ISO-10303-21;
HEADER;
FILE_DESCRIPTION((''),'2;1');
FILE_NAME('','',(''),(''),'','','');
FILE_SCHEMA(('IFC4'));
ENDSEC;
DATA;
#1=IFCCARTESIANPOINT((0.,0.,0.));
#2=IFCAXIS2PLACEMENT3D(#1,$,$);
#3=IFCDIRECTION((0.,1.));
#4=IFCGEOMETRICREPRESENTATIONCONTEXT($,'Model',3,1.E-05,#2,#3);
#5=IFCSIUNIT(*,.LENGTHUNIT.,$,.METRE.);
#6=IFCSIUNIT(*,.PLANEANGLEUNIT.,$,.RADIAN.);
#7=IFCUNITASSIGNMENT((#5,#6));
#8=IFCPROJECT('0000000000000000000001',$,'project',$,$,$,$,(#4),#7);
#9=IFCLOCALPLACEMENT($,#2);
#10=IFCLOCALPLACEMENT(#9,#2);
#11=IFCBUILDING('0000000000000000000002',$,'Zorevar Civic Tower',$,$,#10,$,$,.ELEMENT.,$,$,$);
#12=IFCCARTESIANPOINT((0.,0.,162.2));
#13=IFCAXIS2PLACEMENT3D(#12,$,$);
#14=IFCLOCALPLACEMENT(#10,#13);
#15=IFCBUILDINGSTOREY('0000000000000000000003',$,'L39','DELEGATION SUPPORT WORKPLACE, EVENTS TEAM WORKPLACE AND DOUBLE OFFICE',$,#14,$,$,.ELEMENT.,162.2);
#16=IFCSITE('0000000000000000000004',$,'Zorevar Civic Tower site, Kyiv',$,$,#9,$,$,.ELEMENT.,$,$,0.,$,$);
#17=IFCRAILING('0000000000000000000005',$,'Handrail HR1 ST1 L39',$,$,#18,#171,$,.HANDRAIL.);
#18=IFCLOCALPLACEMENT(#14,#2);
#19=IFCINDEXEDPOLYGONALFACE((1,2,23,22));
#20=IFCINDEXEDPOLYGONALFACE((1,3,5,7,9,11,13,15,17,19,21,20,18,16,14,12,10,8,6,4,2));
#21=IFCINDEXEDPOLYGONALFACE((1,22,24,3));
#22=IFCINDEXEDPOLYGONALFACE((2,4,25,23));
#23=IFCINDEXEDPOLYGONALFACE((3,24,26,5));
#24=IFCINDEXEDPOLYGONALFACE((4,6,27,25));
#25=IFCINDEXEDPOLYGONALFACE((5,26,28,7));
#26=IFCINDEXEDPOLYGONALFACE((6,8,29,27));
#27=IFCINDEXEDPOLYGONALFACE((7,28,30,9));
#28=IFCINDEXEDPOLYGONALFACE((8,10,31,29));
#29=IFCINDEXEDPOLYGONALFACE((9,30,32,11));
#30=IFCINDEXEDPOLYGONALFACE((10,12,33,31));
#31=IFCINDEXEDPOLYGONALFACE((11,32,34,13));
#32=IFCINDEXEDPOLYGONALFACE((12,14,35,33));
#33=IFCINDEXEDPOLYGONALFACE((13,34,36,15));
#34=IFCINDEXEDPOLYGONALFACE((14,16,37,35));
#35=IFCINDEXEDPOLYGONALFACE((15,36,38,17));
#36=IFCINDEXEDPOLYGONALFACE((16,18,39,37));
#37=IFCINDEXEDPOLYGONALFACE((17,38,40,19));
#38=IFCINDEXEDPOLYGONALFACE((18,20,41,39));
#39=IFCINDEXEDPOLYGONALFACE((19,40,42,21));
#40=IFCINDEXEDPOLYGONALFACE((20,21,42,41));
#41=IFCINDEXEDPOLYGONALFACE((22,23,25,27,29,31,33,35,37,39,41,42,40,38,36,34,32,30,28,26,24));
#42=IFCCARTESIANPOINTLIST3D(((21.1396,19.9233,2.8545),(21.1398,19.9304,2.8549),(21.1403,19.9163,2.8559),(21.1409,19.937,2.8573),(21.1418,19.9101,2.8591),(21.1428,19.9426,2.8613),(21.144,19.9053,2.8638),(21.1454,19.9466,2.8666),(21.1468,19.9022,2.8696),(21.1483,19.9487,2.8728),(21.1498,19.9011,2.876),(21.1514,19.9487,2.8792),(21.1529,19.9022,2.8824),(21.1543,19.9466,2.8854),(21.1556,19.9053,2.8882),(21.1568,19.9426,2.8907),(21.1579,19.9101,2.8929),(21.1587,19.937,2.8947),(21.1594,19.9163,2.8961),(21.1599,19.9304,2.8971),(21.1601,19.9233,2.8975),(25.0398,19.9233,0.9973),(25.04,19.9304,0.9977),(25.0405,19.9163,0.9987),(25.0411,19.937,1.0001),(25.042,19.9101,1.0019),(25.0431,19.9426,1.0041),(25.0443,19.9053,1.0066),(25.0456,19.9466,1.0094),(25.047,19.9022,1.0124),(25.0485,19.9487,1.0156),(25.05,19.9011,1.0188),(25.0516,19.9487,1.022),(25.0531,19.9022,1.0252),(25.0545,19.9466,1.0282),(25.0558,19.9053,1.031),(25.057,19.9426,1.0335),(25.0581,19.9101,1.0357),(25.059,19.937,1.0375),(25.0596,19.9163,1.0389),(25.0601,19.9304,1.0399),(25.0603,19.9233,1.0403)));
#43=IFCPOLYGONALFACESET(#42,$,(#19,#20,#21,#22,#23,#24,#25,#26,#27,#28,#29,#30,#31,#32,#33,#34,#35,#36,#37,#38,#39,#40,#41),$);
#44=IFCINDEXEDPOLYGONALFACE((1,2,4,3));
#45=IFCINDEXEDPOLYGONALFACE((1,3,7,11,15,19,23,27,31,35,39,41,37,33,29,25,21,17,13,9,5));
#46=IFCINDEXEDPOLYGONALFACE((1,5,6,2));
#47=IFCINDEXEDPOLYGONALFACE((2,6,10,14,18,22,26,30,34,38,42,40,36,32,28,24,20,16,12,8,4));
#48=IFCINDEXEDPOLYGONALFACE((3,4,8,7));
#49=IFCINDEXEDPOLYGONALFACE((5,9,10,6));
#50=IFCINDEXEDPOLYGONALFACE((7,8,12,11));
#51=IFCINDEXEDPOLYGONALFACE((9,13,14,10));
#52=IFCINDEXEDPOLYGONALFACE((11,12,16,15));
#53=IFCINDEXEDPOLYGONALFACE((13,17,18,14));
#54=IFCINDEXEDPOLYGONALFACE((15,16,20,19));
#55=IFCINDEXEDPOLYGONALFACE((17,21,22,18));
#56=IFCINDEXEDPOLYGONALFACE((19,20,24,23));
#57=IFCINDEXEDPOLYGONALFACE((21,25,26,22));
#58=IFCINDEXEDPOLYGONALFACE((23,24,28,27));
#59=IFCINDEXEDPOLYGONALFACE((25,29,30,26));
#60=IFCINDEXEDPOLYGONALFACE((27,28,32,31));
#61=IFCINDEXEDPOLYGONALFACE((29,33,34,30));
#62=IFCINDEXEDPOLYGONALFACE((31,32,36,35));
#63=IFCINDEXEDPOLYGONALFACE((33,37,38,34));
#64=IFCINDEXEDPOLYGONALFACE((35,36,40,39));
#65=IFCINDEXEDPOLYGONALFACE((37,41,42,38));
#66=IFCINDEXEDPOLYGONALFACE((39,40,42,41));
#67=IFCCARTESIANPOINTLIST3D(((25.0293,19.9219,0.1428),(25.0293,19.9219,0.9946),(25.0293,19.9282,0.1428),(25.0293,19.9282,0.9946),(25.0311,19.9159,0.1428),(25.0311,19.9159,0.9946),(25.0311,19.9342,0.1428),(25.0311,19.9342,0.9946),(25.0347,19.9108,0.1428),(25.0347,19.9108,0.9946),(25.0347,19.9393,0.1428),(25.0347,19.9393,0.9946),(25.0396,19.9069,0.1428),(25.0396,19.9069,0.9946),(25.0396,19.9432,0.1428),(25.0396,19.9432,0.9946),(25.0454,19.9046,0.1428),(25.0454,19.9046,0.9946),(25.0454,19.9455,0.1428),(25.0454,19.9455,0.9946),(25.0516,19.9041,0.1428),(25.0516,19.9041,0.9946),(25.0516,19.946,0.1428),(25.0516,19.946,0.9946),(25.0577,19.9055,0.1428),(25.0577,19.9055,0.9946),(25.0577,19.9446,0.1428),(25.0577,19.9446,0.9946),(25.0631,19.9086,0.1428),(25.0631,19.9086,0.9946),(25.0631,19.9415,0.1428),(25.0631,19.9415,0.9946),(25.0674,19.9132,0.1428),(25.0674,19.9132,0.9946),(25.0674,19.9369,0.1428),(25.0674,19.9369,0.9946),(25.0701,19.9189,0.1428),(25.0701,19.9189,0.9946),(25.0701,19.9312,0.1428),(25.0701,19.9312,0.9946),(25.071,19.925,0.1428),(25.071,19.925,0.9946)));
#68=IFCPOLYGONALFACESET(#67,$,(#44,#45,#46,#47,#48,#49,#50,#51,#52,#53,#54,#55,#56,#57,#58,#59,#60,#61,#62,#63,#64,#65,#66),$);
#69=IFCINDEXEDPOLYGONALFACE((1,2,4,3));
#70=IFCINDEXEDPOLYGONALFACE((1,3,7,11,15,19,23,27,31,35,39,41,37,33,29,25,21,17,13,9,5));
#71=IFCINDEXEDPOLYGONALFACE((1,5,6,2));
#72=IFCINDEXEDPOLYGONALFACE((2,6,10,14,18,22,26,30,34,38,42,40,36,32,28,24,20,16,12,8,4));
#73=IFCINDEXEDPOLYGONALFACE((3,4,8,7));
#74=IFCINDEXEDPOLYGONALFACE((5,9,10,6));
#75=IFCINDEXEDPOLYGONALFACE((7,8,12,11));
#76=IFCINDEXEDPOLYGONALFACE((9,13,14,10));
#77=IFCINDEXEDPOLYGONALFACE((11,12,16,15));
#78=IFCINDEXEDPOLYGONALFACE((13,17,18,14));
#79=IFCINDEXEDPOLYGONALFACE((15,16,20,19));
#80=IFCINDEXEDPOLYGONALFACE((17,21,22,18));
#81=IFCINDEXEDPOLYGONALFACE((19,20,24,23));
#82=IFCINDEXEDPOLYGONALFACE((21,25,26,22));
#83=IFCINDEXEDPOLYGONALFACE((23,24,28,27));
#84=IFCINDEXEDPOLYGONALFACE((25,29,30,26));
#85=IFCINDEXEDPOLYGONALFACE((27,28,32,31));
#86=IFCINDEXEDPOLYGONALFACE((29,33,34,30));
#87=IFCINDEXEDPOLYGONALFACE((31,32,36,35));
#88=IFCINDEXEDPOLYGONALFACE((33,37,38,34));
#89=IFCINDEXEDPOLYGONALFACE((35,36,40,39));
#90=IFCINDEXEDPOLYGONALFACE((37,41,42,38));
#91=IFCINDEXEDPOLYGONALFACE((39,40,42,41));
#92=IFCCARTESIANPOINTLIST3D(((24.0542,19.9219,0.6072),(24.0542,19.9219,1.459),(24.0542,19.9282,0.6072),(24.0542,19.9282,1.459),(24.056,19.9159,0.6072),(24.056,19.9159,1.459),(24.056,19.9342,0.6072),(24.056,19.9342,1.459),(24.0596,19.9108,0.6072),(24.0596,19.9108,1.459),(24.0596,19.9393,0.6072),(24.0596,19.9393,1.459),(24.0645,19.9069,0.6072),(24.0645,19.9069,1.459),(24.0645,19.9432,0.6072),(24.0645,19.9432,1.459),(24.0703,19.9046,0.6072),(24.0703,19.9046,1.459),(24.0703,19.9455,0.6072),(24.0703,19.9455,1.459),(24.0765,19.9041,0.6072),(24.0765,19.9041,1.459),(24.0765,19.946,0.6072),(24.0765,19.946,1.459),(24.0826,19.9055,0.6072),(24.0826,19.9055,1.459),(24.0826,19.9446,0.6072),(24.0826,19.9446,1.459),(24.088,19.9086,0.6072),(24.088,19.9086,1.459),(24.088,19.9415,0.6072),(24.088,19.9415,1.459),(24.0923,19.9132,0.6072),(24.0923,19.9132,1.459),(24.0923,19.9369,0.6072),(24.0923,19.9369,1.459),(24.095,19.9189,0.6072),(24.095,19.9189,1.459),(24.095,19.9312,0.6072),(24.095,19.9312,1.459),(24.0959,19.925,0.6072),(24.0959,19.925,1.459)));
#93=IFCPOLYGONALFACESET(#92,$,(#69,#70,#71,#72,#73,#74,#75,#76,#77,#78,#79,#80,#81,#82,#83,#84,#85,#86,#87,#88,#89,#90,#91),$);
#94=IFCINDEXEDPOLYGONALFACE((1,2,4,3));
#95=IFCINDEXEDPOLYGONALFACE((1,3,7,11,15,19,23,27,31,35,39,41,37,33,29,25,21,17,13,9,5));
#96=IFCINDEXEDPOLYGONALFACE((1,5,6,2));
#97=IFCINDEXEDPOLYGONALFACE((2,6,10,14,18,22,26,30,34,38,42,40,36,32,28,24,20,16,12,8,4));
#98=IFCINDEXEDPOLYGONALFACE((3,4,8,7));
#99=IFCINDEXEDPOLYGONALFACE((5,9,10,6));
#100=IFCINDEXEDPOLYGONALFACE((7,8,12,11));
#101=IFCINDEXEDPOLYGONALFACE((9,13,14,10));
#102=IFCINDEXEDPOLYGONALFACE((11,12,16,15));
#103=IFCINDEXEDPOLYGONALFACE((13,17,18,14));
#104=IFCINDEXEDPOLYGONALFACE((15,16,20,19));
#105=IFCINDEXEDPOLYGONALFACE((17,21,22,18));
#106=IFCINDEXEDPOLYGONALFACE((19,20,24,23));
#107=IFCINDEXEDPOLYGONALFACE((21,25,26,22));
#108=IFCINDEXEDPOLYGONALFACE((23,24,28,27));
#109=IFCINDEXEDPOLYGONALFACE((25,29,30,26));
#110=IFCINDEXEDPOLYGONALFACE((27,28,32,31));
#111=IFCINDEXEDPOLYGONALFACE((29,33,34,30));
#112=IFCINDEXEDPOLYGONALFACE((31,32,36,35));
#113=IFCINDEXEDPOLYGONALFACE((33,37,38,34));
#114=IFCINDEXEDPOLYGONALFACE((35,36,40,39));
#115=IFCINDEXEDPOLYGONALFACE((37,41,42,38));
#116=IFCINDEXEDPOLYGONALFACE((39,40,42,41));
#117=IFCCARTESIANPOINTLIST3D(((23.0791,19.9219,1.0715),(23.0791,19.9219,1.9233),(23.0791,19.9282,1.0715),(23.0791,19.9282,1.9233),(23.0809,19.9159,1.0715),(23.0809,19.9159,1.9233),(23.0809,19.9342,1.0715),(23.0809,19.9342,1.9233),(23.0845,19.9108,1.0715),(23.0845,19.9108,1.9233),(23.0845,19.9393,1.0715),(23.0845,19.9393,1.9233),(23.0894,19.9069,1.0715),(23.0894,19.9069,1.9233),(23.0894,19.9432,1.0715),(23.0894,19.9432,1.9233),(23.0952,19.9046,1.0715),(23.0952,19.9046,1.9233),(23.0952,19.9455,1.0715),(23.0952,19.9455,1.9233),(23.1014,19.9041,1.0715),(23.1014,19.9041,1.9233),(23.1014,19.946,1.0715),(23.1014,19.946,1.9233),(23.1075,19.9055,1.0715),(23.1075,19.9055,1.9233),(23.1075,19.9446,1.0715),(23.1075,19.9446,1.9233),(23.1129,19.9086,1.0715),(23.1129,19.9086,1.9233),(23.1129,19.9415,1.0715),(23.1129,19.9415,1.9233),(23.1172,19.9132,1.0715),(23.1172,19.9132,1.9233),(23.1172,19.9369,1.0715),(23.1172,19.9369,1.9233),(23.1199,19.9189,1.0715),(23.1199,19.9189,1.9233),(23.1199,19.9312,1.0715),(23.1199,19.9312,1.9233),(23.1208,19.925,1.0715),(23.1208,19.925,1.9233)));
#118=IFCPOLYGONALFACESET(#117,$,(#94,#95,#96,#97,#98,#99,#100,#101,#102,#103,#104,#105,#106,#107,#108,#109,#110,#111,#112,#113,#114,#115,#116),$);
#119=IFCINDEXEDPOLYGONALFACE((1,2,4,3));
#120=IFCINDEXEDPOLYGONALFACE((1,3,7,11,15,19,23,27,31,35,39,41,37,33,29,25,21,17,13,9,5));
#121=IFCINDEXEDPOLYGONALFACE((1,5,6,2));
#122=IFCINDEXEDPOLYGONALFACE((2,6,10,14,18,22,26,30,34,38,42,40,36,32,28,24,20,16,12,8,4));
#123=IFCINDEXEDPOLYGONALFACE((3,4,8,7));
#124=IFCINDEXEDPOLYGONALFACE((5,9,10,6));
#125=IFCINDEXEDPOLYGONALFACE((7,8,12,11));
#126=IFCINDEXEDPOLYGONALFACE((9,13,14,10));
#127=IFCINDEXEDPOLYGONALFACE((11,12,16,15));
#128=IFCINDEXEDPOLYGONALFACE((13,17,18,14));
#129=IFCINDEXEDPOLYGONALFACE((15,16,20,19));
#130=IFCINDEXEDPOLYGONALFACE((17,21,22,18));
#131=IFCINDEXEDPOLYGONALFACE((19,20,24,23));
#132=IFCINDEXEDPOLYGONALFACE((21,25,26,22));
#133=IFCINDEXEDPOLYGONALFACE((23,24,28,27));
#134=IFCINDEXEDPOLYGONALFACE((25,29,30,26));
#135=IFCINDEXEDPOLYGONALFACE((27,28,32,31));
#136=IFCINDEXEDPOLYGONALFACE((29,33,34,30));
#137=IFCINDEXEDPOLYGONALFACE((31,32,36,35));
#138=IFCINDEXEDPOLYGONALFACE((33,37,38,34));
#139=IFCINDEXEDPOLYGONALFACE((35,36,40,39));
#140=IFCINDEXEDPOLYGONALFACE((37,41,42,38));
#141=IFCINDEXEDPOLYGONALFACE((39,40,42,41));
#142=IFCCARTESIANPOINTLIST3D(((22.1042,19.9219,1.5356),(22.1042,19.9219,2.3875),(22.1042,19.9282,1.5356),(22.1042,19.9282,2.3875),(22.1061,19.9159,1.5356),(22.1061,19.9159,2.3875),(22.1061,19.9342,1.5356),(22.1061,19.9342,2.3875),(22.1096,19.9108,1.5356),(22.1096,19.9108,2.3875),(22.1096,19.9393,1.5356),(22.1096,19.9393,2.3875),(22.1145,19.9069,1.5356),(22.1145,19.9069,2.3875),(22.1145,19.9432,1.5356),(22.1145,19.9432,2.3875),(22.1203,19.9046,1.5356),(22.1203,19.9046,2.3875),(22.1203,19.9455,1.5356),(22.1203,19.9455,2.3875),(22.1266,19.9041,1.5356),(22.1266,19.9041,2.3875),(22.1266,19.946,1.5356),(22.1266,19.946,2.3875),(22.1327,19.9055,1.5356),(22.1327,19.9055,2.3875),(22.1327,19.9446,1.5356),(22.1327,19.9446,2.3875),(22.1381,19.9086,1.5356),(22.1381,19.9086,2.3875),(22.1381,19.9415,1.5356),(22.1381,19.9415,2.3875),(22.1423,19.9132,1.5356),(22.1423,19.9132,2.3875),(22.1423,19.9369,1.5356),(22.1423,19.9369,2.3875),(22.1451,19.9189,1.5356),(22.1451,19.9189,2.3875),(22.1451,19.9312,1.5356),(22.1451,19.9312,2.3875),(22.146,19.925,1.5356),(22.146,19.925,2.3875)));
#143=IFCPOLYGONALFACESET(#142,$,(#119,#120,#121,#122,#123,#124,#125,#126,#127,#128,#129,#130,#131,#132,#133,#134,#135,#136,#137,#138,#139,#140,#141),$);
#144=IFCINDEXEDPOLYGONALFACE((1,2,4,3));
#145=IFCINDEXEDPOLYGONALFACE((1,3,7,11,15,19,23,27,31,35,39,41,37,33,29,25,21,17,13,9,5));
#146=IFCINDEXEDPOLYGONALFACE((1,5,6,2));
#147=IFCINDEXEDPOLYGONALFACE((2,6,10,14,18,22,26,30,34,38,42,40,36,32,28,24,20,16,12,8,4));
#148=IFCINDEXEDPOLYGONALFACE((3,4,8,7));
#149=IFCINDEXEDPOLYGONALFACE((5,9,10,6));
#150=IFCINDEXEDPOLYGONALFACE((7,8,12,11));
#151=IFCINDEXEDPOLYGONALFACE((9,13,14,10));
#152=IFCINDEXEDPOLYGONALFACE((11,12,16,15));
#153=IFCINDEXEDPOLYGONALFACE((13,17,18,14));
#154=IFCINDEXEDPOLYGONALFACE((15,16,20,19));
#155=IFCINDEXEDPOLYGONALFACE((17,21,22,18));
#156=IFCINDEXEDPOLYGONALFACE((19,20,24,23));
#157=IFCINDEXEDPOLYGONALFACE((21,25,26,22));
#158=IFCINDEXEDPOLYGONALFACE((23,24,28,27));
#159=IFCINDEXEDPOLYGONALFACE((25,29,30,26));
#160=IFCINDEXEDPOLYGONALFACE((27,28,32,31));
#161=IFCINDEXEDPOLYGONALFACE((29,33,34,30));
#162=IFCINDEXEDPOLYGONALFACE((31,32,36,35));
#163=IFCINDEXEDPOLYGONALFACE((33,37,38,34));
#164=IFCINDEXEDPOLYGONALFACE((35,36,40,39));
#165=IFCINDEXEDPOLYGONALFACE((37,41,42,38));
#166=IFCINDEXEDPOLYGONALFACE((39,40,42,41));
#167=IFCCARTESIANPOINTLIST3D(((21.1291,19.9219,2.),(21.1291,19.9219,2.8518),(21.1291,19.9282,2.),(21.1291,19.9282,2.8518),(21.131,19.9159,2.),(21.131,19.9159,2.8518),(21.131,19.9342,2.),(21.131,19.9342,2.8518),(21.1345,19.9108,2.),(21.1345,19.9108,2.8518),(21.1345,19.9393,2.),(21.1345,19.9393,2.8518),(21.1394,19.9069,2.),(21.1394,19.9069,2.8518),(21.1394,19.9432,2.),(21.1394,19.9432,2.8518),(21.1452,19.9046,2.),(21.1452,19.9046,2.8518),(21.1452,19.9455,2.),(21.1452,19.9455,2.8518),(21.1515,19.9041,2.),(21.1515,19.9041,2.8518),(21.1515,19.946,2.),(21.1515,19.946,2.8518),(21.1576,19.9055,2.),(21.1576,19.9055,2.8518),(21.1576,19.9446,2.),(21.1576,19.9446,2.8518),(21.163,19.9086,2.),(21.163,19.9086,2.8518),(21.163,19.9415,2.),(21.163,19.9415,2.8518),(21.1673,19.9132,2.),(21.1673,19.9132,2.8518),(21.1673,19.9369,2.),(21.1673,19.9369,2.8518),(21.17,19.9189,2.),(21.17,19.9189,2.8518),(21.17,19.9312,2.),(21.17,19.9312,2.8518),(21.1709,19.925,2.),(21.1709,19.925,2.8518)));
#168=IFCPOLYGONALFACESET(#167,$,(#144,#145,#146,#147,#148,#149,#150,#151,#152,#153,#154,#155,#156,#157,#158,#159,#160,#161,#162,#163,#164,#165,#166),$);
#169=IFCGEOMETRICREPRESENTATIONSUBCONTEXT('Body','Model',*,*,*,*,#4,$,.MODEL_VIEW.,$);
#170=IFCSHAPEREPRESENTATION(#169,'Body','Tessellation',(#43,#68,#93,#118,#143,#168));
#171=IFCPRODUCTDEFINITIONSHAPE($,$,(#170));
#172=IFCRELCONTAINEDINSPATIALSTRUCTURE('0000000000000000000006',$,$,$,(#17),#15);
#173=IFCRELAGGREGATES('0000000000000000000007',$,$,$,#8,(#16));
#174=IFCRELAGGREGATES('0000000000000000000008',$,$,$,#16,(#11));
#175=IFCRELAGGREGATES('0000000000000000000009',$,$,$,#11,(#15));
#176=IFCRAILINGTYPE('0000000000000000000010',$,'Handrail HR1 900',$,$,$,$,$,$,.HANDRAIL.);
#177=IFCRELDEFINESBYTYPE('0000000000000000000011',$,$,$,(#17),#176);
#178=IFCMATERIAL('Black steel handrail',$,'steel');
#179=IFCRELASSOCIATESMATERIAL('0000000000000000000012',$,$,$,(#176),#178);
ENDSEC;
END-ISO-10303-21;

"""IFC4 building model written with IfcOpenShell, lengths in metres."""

from ifc_helpers import new_model, si_unit, direction, frame, origin, origin_2d, place, context, subcontext, project, spatial, circle, extrude, material, type_object, element, save


model = new_model("IFC4")

# Units and contexts
model_context = context("Model", 3, precision=1e-05, world=origin(), true_north=direction((0.0, 1.0)))
body_context = subcontext(model_context, "Body", "Model", "MODEL_VIEW")
ifc_project = project(units=[si_unit("LENGTHUNIT", "METRE"), si_unit("PLANEANGLEUNIT", "RADIAN")], contexts=[model_context])

# Site, building, storey
site_placement = place(None, origin())
site = spatial("IfcSite", under=ifc_project, at=site_placement, Name="Zorevar Civic Tower site, Kyiv", CompositionType="ELEMENT", RefElevation=0.0)
building_placement = place(site_placement, origin())
building = spatial("IfcBuilding", under=site, at=building_placement, Name="Zorevar Civic Tower", CompositionType="ELEMENT")
storey_placement = place(building_placement, frame((0.0, 0.0, 162.2)))
storey = spatial("IfcBuildingStorey", under=building, at=storey_placement, Name="L39", Description="DELEGATION SUPPORT WORKPLACE, EVENTS TEAM WORKPLACE AND DOUBLE OFFICE", CompositionType="ELEMENT", Elevation=162.2)

# Railing
ifc_material_1 = material(Name="Black steel handrail", Category="steel")
railing_type = type_object("IfcRailingType", Name="Handrail HR1 900", PredefinedType="HANDRAIL", material=ifc_material_1)
railing_1_placement = place(storey_placement, frame((25.05, 19.925, 0.1428)))
element("IfcRailing", 1, at=railing_1_placement, inside=storey, type_object=railing_type, Name="Handrail HR1 ST1 L39", PredefinedType="HANDRAIL", context=body_context, shape_type="SweptSolid", body=[
    extrude(circle(Radius=0.0239, at=origin_2d()), frame((0.0, 0.0, 0.876), z_axis=(-0.902864, 0.0, 0.429927), x_axis=(0.0, -1.0, 0.0)), (0.0, 0.0, 1.0), 4.3198),
    extrude(circle(Radius=0.021, at=origin_2d()), origin(), (0.0, 0.0, 1.0), 0.8518),
    extrude(circle(Radius=0.021, at=origin_2d()), frame((-0.9751, 0.0, 0.4644)), (0.0, 0.0, 1.0), 0.8518),
    extrude(circle(Radius=0.021, at=origin_2d()), frame((-1.9502, 0.0, 0.9287)), (0.0, 0.0, 1.0), 0.8518),
    extrude(circle(Radius=0.021, at=origin_2d()), frame((-2.925, 0.0, 1.3928)), (0.0, 0.0, 1.0), 0.8518),
    extrude(circle(Radius=0.021, at=origin_2d()), frame((-3.9001, 0.0, 1.8572)), (0.0, 0.0, 1.0), 0.8518),
])

save(model, "model.ifc")
